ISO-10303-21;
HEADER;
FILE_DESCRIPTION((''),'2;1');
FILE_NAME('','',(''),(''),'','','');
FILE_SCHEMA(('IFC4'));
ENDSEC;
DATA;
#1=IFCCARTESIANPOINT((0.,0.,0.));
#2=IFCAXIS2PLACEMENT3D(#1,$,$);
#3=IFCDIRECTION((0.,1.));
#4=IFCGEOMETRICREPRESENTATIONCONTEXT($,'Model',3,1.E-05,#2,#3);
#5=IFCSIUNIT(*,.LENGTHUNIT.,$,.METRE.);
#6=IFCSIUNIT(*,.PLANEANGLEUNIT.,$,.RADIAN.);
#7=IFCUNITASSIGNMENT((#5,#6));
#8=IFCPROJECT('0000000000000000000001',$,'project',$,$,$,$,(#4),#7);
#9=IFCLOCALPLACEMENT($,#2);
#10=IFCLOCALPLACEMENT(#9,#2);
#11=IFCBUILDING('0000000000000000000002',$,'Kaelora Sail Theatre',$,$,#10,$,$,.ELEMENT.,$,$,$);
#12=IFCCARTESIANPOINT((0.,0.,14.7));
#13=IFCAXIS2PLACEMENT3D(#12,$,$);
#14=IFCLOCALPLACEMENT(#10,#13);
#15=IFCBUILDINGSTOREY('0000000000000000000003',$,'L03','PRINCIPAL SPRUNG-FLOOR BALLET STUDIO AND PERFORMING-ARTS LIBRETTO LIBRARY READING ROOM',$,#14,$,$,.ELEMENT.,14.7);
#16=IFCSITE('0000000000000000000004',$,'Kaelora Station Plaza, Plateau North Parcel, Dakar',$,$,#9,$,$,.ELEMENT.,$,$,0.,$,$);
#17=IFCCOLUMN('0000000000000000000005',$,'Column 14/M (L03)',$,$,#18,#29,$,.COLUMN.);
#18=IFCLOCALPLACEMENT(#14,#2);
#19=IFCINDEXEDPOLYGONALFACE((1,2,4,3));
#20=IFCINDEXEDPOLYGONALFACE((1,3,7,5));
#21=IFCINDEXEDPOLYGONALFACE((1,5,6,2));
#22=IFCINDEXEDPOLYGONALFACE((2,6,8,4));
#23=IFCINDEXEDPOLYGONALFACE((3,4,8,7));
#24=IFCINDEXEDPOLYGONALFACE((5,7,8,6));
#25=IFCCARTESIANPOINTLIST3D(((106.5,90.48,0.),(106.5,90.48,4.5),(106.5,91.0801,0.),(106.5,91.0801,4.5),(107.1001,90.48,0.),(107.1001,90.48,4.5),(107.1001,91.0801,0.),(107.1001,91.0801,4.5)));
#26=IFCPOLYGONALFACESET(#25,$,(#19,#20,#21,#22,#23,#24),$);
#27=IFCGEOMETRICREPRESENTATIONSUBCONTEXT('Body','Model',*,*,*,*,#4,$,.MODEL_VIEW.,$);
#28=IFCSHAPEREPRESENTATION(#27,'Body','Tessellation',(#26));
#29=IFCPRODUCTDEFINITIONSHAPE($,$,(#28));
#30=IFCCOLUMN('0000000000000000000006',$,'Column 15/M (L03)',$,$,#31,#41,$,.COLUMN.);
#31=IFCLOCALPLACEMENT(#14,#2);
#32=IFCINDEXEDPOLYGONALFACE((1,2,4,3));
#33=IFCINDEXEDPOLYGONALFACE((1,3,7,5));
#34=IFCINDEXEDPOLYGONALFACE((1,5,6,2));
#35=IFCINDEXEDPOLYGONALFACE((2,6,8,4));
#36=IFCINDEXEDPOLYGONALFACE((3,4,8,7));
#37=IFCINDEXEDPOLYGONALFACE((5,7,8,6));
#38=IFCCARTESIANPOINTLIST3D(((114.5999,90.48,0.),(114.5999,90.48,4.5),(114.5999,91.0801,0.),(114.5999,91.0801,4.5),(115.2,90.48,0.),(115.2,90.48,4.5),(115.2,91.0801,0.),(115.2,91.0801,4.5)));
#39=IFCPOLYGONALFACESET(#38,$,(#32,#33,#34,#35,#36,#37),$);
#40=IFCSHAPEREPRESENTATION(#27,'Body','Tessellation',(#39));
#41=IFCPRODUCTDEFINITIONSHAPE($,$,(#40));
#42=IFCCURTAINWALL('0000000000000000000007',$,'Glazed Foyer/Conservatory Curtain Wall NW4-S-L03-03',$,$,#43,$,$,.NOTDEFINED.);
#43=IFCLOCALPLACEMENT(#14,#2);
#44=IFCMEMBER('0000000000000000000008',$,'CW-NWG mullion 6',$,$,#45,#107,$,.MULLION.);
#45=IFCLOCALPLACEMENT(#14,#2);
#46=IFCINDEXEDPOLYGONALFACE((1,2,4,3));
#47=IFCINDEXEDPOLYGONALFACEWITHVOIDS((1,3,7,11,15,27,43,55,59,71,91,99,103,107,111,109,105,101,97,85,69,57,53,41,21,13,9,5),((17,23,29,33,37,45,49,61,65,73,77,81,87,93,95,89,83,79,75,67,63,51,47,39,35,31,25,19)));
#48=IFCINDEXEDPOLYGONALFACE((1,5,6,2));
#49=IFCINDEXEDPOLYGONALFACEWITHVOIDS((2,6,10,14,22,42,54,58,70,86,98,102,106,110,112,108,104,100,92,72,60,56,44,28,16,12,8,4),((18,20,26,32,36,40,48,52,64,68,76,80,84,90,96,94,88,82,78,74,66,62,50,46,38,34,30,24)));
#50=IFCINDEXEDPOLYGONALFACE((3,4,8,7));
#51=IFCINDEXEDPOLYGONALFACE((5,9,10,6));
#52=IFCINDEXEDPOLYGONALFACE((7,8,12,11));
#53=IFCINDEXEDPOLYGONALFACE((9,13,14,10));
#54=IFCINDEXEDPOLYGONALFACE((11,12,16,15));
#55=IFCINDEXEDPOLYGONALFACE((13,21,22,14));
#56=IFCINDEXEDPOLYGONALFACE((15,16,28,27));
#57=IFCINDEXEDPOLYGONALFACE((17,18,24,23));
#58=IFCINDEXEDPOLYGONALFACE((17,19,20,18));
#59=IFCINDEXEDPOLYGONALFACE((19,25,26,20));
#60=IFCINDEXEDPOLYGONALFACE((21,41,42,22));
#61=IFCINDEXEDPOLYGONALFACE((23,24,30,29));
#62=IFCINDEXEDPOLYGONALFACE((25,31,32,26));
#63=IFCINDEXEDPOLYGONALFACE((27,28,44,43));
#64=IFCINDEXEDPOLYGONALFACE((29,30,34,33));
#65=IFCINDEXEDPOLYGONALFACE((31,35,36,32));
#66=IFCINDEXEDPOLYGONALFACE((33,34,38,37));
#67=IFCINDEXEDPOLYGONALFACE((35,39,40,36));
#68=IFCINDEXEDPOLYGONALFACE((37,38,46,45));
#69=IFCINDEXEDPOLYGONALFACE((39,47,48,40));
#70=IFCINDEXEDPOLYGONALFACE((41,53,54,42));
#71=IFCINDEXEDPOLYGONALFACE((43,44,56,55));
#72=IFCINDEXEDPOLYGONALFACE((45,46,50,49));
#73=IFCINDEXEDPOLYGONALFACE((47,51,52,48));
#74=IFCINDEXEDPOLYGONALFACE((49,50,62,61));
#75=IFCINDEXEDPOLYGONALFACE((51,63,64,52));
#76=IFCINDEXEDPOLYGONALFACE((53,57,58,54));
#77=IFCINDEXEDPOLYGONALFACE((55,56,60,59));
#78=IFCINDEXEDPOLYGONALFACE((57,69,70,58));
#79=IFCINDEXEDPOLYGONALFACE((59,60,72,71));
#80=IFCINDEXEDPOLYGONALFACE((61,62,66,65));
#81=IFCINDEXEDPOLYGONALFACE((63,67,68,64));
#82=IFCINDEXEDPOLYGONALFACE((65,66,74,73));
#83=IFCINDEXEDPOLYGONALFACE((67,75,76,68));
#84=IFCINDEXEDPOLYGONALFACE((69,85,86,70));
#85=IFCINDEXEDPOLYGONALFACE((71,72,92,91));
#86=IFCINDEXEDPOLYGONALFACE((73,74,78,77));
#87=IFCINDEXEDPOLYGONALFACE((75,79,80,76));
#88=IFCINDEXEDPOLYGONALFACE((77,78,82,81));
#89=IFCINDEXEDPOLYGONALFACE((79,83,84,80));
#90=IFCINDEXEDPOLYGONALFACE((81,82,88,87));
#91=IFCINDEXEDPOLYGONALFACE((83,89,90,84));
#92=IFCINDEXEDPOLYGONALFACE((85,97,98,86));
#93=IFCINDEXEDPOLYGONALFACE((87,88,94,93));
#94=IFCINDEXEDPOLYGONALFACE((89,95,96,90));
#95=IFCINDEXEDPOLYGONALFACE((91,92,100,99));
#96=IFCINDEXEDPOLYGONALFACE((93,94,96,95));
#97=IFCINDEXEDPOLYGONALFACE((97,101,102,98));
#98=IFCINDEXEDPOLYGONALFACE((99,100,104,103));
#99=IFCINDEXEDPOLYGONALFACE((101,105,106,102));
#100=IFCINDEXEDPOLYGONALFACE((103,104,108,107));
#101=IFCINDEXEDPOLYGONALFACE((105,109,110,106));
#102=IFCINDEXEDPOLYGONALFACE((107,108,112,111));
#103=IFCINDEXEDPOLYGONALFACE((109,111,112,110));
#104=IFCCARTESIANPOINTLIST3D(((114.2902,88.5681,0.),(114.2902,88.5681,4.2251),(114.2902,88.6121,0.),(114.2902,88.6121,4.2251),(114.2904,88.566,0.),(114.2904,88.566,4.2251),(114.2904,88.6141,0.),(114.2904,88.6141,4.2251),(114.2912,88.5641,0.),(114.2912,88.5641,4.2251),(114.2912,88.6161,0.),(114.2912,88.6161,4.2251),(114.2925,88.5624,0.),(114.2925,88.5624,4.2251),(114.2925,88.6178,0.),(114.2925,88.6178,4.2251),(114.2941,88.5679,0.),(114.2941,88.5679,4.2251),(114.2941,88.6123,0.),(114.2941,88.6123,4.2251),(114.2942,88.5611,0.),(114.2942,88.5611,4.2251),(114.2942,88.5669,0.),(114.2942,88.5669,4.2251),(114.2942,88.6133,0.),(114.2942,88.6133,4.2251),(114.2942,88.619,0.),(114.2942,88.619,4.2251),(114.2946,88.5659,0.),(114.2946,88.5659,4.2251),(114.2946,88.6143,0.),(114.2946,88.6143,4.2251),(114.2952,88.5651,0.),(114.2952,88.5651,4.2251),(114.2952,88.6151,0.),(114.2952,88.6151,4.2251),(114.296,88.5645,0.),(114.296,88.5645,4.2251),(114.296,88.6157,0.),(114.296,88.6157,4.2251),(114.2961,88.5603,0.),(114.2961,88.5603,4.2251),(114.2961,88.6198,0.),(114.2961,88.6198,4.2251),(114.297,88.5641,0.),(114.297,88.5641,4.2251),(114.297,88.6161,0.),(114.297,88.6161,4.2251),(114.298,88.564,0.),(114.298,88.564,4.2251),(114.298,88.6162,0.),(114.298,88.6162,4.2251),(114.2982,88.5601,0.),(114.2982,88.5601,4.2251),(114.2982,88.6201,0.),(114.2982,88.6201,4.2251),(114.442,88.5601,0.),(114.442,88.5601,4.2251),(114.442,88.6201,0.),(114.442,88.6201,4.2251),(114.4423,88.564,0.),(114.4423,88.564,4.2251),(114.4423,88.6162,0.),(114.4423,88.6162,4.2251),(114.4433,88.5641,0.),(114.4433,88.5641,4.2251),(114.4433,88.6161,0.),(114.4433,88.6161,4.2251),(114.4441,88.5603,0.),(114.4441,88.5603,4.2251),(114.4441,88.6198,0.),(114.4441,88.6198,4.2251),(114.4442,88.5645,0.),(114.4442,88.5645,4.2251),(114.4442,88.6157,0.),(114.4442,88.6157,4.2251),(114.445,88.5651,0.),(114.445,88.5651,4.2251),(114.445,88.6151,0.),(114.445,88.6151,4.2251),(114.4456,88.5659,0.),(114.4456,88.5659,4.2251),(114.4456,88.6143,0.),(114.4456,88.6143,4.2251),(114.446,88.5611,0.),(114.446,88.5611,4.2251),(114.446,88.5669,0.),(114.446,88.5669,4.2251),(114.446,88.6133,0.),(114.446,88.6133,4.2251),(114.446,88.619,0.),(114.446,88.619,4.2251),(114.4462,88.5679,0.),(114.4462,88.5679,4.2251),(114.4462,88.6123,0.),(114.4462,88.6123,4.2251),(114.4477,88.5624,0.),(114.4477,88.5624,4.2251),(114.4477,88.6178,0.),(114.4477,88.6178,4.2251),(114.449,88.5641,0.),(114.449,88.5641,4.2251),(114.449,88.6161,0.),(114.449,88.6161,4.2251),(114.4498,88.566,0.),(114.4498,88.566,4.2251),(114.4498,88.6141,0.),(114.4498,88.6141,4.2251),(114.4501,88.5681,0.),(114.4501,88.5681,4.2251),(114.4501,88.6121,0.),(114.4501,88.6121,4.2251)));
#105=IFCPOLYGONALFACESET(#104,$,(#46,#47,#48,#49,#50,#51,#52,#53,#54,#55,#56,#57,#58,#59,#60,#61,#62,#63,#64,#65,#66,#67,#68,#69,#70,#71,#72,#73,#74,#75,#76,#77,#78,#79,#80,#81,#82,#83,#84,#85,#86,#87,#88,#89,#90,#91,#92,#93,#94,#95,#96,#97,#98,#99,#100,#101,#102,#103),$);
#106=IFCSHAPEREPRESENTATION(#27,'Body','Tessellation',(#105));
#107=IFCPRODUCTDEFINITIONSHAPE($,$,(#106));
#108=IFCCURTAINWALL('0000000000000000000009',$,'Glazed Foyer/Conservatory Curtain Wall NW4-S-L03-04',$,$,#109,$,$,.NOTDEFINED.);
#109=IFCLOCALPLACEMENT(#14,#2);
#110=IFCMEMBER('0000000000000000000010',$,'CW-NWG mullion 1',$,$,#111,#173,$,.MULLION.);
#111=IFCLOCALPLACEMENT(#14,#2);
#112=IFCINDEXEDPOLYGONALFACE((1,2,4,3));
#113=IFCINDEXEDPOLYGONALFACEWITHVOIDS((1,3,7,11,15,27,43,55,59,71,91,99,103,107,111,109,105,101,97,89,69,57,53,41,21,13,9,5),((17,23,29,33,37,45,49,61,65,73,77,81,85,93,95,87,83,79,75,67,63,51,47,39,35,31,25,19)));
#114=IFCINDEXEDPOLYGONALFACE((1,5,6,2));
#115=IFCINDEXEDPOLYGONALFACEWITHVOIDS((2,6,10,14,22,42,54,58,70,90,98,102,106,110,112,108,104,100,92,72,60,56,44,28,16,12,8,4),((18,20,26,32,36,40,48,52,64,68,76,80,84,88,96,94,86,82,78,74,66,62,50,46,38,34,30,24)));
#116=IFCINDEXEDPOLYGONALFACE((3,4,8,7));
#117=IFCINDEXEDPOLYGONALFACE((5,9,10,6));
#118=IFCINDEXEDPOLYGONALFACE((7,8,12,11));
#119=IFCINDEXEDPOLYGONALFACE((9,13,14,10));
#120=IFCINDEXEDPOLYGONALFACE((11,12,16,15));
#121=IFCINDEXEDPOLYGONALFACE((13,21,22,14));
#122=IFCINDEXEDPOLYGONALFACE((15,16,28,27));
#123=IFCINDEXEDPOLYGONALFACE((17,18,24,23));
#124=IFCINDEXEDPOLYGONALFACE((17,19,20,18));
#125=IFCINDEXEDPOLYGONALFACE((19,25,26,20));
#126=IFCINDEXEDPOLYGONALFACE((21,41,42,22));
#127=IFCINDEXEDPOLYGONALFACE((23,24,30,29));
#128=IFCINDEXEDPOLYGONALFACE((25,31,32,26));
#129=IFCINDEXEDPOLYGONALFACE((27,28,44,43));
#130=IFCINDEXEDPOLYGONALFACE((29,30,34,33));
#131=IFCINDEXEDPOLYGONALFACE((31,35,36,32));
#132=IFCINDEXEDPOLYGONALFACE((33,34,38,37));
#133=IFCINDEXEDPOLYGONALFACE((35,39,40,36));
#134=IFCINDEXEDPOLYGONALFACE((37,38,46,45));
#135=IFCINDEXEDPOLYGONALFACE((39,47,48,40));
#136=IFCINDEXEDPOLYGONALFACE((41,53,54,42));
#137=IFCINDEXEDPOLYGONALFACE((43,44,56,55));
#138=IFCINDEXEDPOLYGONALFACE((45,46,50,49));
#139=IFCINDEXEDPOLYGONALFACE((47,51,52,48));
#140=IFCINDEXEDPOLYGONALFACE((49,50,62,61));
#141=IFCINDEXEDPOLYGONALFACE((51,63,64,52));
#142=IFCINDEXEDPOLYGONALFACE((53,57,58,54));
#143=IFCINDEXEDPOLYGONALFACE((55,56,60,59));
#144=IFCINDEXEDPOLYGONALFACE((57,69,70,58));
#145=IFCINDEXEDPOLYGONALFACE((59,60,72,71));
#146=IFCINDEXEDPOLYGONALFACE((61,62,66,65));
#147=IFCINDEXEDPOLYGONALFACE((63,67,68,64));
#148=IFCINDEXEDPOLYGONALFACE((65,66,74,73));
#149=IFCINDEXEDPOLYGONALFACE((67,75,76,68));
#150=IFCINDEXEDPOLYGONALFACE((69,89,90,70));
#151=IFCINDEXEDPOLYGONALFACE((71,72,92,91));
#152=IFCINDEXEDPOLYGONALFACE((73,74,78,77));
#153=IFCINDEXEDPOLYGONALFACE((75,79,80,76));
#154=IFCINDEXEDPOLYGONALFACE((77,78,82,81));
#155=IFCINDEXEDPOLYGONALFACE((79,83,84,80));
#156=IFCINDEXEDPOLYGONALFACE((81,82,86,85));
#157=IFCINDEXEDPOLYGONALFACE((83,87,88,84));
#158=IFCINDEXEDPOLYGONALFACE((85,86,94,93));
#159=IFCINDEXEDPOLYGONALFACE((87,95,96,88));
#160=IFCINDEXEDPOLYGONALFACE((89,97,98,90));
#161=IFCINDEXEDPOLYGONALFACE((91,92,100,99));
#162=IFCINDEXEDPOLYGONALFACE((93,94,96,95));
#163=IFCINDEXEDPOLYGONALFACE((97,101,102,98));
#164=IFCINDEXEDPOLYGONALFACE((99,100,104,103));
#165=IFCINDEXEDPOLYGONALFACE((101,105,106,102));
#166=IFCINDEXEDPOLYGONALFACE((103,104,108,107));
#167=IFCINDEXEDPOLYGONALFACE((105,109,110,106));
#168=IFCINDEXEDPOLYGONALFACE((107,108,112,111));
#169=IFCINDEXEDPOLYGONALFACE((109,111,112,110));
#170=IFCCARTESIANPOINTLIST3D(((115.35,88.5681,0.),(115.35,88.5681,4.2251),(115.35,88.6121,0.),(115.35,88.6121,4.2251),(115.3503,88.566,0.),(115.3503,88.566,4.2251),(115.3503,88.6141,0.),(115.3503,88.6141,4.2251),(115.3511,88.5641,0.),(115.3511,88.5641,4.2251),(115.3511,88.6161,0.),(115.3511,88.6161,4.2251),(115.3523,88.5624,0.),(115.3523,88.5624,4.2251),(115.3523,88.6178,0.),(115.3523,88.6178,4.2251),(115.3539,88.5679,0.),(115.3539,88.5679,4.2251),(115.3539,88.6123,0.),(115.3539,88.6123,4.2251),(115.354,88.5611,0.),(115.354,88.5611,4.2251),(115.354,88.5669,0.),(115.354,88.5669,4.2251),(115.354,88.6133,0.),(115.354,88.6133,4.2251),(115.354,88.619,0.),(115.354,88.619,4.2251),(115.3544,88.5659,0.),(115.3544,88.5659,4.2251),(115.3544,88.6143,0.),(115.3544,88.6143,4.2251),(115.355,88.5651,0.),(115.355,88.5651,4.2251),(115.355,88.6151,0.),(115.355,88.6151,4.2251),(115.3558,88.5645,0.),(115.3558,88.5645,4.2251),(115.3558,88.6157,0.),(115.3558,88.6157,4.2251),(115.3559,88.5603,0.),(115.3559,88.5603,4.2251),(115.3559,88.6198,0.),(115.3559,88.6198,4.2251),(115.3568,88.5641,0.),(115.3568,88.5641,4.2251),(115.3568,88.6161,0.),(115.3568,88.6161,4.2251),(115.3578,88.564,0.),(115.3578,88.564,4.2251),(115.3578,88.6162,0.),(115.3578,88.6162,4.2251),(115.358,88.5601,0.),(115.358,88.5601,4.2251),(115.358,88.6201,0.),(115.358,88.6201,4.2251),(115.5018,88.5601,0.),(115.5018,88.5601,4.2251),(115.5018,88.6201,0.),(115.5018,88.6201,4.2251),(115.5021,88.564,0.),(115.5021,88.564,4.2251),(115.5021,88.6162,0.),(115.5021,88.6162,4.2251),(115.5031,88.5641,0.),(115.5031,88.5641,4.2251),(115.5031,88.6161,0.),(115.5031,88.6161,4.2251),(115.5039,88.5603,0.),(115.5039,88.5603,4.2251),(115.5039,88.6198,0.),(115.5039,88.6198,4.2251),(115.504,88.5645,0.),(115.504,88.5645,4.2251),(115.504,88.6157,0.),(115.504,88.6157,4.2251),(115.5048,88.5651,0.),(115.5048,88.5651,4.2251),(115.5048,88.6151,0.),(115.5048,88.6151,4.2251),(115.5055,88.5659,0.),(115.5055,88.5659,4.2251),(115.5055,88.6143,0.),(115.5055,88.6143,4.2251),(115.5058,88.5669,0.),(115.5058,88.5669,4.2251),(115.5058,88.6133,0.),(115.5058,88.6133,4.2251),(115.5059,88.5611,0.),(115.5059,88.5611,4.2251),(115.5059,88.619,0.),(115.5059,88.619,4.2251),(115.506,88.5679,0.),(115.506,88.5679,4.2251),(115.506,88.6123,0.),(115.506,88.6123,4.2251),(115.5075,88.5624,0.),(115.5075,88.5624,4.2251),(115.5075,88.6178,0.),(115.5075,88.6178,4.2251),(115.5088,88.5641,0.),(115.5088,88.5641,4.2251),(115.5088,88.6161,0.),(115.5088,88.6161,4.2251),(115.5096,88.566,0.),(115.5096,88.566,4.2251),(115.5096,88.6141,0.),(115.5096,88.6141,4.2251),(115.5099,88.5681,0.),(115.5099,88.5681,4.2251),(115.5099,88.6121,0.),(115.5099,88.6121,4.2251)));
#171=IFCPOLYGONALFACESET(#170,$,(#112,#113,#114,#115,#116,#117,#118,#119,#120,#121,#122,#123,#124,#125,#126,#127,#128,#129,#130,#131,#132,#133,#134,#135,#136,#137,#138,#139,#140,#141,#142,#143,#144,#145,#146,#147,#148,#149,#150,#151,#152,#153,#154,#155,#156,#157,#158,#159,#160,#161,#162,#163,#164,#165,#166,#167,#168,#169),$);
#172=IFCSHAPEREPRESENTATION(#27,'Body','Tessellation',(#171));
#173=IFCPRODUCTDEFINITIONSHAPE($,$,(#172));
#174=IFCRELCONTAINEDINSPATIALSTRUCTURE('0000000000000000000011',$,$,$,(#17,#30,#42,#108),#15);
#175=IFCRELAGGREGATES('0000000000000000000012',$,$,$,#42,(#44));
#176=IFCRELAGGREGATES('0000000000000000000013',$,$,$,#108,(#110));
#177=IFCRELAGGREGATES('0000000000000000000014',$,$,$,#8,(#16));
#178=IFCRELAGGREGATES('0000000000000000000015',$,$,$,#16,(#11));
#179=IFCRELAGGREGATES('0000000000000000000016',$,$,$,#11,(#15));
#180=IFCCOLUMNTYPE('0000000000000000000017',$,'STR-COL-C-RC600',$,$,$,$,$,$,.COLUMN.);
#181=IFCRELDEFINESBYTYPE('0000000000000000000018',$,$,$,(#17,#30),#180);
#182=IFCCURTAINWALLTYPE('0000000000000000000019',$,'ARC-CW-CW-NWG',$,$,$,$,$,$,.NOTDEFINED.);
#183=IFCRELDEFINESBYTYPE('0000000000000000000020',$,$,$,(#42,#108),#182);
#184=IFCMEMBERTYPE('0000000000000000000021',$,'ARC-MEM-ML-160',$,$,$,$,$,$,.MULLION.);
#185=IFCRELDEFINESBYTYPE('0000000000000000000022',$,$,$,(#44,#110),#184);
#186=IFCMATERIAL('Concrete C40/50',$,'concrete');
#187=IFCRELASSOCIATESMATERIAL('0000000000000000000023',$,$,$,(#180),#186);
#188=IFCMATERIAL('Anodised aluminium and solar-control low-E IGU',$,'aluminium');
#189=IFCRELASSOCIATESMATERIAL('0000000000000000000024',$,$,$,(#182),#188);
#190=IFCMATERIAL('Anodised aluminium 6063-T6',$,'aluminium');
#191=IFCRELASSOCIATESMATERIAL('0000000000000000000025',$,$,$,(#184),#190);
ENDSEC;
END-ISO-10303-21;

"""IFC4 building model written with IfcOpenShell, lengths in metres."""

from ifc_helpers import new_model, si_unit, direction, frame, origin, origin_2d, place, context, subcontext, project, spatial, rectangle, hollow_rectangle, extrude, material, material_profile, profile_set, type_object, element, aggregate, save


model = new_model("IFC4")

# Units and contexts
model_context = context("Model", 3, precision=1e-05, world=origin(), true_north=direction((0.0, 1.0)))
body_context = subcontext(model_context, "Body", "Model", "MODEL_VIEW")
ifc_project = project(units=[si_unit("LENGTHUNIT", "METRE"), si_unit("PLANEANGLEUNIT", "RADIAN")], contexts=[model_context])

# Site, building, storey
site_placement = place(None, origin())
site = spatial("IfcSite", under=ifc_project, at=site_placement, Name="Kaelora Station Plaza, Plateau North Parcel, Dakar", CompositionType="ELEMENT", RefElevation=0.0)
building_placement = place(site_placement, origin())
building = spatial("IfcBuilding", under=site, at=building_placement, Name="Kaelora Sail Theatre", CompositionType="ELEMENT")
storey_placement = place(building_placement, frame((0.0, 0.0, 14.7)))
storey = spatial("IfcBuildingStorey", under=building, at=storey_placement, Name="L03", Description="PRINCIPAL SPRUNG-FLOOR BALLET STUDIO AND PERFORMING-ARTS LIBRETTO LIBRARY READING ROOM", CompositionType="ELEMENT", Elevation=14.7)

# Columns
ifc_material_1 = material(Name="Concrete C40/50", Category="concrete")
ifc_material_profile_1 = material_profile(ifc_material_1, rectangle(XDim=0.6001, YDim=0.6001, at=origin_2d()), Name="RC-COL 600x600")
ifc_profile_set_1 = profile_set([ifc_material_profile_1], Name="Concrete C40/50")
column_type = type_object("IfcColumnType", Name="STR-COL-C-RC600", PredefinedType="COLUMN", material=ifc_profile_set_1)
for number, where, z_axis, x_axis, name in (
    (1, (106.8, 90.78, 0.0), (0.0, 0.0, 1.0), (1.0, 0.0, 0.0), "Column 14/M (L03)"),
    (2, (114.8999, 90.78, 0.0), (0.0, 0.0, 1.0), (1.0, 0.0, 0.0), "Column 15/M (L03)"),
):
    element("IfcColumn", number, at=place(storey_placement, frame(where, z_axis=z_axis, x_axis=x_axis)), inside=storey, type_object=column_type, Name=name, PredefinedType="COLUMN", context=body_context, shape_type="SweptSolid", body=[
        extrude(rectangle(XDim=0.6001, YDim=0.6001, at=origin_2d()), origin(), (0.0, 0.0, 1.0), 4.5),
    ])

# Curtain walls, members
ifc_material_2 = material(Name="Anodised aluminium and solar-control low-E IGU", Category="aluminium")
curtain_wall_type = type_object("IfcCurtainWallType", Name="ARC-CW-CW-NWG", PredefinedType="NOTDEFINED", material=ifc_material_2)
curtain_wall_1_placement = place(storey_placement, origin())
curtain_wall_1 = element("IfcCurtainWall", 3, at=curtain_wall_1_placement, inside=storey, type_object=curtain_wall_type, Name="Glazed Foyer/Conservatory Curtain Wall NW4-S-L03-03", PredefinedType="NOTDEFINED")
ifc_material_3 = material(Name="Anodised aluminium 6063-T6", Category="aluminium")
ifc_material_profile_2 = material_profile(ifc_material_3, hollow_rectangle(XDim=0.0601, YDim=0.1599, WallThickness=0.0039, InnerFilletRadius=0.0039, OuterFilletRadius=0.0081, at=origin_2d()), Name="ALU-MULL 60x160x4")
ifc_profile_set_2 = profile_set([ifc_material_profile_2], Name="Anodised aluminium 6063-T6")
member_type_1 = type_object("IfcMemberType", Name="ARC-MEM-ML-160", PredefinedType="MULLION", material=ifc_profile_set_2)
member_1_placement = place(storey_placement, frame((114.3701, 88.5901, 0.0), z_axis=(0.0, 0.0, 1.0), x_axis=(0.0, 1.0, 0.0)))
member_1 = element("IfcMember", 4, at=member_1_placement, type_object=member_type_1, Name="CW-NWG mullion 6", PredefinedType="MULLION", context=body_context, shape_type="SweptSolid", body=[
    extrude(hollow_rectangle(XDim=0.0601, YDim=0.1599, WallThickness=0.0039, InnerFilletRadius=0.0039, OuterFilletRadius=0.0081, at=origin_2d()), origin(), (0.0, 0.0, 1.0), 4.2251),
])
curtain_wall_2_placement = place(storey_placement, origin())
curtain_wall_2 = element("IfcCurtainWall", 5, at=curtain_wall_2_placement, inside=storey, type_object=curtain_wall_type, Name="Glazed Foyer/Conservatory Curtain Wall NW4-S-L03-04", PredefinedType="NOTDEFINED")
member_2_placement = place(storey_placement, frame((115.4299, 88.5901, 0.0), z_axis=(0.0, 0.0, 1.0), x_axis=(0.0, 1.0, 0.0)))
member_2 = element("IfcMember", 6, at=member_2_placement, type_object=member_type_1, Name="CW-NWG mullion 1", PredefinedType="MULLION", context=body_context, shape_type="SweptSolid", body=[
    extrude(hollow_rectangle(XDim=0.0601, YDim=0.1599, WallThickness=0.0039, InnerFilletRadius=0.0039, OuterFilletRadius=0.0081, at=origin_2d()), origin(), (0.0, 0.0, 1.0), 4.2251),
])

aggregate(curtain_wall_1, [member_1])
aggregate(curtain_wall_2, [member_2])

save(model, "model.ifc")
